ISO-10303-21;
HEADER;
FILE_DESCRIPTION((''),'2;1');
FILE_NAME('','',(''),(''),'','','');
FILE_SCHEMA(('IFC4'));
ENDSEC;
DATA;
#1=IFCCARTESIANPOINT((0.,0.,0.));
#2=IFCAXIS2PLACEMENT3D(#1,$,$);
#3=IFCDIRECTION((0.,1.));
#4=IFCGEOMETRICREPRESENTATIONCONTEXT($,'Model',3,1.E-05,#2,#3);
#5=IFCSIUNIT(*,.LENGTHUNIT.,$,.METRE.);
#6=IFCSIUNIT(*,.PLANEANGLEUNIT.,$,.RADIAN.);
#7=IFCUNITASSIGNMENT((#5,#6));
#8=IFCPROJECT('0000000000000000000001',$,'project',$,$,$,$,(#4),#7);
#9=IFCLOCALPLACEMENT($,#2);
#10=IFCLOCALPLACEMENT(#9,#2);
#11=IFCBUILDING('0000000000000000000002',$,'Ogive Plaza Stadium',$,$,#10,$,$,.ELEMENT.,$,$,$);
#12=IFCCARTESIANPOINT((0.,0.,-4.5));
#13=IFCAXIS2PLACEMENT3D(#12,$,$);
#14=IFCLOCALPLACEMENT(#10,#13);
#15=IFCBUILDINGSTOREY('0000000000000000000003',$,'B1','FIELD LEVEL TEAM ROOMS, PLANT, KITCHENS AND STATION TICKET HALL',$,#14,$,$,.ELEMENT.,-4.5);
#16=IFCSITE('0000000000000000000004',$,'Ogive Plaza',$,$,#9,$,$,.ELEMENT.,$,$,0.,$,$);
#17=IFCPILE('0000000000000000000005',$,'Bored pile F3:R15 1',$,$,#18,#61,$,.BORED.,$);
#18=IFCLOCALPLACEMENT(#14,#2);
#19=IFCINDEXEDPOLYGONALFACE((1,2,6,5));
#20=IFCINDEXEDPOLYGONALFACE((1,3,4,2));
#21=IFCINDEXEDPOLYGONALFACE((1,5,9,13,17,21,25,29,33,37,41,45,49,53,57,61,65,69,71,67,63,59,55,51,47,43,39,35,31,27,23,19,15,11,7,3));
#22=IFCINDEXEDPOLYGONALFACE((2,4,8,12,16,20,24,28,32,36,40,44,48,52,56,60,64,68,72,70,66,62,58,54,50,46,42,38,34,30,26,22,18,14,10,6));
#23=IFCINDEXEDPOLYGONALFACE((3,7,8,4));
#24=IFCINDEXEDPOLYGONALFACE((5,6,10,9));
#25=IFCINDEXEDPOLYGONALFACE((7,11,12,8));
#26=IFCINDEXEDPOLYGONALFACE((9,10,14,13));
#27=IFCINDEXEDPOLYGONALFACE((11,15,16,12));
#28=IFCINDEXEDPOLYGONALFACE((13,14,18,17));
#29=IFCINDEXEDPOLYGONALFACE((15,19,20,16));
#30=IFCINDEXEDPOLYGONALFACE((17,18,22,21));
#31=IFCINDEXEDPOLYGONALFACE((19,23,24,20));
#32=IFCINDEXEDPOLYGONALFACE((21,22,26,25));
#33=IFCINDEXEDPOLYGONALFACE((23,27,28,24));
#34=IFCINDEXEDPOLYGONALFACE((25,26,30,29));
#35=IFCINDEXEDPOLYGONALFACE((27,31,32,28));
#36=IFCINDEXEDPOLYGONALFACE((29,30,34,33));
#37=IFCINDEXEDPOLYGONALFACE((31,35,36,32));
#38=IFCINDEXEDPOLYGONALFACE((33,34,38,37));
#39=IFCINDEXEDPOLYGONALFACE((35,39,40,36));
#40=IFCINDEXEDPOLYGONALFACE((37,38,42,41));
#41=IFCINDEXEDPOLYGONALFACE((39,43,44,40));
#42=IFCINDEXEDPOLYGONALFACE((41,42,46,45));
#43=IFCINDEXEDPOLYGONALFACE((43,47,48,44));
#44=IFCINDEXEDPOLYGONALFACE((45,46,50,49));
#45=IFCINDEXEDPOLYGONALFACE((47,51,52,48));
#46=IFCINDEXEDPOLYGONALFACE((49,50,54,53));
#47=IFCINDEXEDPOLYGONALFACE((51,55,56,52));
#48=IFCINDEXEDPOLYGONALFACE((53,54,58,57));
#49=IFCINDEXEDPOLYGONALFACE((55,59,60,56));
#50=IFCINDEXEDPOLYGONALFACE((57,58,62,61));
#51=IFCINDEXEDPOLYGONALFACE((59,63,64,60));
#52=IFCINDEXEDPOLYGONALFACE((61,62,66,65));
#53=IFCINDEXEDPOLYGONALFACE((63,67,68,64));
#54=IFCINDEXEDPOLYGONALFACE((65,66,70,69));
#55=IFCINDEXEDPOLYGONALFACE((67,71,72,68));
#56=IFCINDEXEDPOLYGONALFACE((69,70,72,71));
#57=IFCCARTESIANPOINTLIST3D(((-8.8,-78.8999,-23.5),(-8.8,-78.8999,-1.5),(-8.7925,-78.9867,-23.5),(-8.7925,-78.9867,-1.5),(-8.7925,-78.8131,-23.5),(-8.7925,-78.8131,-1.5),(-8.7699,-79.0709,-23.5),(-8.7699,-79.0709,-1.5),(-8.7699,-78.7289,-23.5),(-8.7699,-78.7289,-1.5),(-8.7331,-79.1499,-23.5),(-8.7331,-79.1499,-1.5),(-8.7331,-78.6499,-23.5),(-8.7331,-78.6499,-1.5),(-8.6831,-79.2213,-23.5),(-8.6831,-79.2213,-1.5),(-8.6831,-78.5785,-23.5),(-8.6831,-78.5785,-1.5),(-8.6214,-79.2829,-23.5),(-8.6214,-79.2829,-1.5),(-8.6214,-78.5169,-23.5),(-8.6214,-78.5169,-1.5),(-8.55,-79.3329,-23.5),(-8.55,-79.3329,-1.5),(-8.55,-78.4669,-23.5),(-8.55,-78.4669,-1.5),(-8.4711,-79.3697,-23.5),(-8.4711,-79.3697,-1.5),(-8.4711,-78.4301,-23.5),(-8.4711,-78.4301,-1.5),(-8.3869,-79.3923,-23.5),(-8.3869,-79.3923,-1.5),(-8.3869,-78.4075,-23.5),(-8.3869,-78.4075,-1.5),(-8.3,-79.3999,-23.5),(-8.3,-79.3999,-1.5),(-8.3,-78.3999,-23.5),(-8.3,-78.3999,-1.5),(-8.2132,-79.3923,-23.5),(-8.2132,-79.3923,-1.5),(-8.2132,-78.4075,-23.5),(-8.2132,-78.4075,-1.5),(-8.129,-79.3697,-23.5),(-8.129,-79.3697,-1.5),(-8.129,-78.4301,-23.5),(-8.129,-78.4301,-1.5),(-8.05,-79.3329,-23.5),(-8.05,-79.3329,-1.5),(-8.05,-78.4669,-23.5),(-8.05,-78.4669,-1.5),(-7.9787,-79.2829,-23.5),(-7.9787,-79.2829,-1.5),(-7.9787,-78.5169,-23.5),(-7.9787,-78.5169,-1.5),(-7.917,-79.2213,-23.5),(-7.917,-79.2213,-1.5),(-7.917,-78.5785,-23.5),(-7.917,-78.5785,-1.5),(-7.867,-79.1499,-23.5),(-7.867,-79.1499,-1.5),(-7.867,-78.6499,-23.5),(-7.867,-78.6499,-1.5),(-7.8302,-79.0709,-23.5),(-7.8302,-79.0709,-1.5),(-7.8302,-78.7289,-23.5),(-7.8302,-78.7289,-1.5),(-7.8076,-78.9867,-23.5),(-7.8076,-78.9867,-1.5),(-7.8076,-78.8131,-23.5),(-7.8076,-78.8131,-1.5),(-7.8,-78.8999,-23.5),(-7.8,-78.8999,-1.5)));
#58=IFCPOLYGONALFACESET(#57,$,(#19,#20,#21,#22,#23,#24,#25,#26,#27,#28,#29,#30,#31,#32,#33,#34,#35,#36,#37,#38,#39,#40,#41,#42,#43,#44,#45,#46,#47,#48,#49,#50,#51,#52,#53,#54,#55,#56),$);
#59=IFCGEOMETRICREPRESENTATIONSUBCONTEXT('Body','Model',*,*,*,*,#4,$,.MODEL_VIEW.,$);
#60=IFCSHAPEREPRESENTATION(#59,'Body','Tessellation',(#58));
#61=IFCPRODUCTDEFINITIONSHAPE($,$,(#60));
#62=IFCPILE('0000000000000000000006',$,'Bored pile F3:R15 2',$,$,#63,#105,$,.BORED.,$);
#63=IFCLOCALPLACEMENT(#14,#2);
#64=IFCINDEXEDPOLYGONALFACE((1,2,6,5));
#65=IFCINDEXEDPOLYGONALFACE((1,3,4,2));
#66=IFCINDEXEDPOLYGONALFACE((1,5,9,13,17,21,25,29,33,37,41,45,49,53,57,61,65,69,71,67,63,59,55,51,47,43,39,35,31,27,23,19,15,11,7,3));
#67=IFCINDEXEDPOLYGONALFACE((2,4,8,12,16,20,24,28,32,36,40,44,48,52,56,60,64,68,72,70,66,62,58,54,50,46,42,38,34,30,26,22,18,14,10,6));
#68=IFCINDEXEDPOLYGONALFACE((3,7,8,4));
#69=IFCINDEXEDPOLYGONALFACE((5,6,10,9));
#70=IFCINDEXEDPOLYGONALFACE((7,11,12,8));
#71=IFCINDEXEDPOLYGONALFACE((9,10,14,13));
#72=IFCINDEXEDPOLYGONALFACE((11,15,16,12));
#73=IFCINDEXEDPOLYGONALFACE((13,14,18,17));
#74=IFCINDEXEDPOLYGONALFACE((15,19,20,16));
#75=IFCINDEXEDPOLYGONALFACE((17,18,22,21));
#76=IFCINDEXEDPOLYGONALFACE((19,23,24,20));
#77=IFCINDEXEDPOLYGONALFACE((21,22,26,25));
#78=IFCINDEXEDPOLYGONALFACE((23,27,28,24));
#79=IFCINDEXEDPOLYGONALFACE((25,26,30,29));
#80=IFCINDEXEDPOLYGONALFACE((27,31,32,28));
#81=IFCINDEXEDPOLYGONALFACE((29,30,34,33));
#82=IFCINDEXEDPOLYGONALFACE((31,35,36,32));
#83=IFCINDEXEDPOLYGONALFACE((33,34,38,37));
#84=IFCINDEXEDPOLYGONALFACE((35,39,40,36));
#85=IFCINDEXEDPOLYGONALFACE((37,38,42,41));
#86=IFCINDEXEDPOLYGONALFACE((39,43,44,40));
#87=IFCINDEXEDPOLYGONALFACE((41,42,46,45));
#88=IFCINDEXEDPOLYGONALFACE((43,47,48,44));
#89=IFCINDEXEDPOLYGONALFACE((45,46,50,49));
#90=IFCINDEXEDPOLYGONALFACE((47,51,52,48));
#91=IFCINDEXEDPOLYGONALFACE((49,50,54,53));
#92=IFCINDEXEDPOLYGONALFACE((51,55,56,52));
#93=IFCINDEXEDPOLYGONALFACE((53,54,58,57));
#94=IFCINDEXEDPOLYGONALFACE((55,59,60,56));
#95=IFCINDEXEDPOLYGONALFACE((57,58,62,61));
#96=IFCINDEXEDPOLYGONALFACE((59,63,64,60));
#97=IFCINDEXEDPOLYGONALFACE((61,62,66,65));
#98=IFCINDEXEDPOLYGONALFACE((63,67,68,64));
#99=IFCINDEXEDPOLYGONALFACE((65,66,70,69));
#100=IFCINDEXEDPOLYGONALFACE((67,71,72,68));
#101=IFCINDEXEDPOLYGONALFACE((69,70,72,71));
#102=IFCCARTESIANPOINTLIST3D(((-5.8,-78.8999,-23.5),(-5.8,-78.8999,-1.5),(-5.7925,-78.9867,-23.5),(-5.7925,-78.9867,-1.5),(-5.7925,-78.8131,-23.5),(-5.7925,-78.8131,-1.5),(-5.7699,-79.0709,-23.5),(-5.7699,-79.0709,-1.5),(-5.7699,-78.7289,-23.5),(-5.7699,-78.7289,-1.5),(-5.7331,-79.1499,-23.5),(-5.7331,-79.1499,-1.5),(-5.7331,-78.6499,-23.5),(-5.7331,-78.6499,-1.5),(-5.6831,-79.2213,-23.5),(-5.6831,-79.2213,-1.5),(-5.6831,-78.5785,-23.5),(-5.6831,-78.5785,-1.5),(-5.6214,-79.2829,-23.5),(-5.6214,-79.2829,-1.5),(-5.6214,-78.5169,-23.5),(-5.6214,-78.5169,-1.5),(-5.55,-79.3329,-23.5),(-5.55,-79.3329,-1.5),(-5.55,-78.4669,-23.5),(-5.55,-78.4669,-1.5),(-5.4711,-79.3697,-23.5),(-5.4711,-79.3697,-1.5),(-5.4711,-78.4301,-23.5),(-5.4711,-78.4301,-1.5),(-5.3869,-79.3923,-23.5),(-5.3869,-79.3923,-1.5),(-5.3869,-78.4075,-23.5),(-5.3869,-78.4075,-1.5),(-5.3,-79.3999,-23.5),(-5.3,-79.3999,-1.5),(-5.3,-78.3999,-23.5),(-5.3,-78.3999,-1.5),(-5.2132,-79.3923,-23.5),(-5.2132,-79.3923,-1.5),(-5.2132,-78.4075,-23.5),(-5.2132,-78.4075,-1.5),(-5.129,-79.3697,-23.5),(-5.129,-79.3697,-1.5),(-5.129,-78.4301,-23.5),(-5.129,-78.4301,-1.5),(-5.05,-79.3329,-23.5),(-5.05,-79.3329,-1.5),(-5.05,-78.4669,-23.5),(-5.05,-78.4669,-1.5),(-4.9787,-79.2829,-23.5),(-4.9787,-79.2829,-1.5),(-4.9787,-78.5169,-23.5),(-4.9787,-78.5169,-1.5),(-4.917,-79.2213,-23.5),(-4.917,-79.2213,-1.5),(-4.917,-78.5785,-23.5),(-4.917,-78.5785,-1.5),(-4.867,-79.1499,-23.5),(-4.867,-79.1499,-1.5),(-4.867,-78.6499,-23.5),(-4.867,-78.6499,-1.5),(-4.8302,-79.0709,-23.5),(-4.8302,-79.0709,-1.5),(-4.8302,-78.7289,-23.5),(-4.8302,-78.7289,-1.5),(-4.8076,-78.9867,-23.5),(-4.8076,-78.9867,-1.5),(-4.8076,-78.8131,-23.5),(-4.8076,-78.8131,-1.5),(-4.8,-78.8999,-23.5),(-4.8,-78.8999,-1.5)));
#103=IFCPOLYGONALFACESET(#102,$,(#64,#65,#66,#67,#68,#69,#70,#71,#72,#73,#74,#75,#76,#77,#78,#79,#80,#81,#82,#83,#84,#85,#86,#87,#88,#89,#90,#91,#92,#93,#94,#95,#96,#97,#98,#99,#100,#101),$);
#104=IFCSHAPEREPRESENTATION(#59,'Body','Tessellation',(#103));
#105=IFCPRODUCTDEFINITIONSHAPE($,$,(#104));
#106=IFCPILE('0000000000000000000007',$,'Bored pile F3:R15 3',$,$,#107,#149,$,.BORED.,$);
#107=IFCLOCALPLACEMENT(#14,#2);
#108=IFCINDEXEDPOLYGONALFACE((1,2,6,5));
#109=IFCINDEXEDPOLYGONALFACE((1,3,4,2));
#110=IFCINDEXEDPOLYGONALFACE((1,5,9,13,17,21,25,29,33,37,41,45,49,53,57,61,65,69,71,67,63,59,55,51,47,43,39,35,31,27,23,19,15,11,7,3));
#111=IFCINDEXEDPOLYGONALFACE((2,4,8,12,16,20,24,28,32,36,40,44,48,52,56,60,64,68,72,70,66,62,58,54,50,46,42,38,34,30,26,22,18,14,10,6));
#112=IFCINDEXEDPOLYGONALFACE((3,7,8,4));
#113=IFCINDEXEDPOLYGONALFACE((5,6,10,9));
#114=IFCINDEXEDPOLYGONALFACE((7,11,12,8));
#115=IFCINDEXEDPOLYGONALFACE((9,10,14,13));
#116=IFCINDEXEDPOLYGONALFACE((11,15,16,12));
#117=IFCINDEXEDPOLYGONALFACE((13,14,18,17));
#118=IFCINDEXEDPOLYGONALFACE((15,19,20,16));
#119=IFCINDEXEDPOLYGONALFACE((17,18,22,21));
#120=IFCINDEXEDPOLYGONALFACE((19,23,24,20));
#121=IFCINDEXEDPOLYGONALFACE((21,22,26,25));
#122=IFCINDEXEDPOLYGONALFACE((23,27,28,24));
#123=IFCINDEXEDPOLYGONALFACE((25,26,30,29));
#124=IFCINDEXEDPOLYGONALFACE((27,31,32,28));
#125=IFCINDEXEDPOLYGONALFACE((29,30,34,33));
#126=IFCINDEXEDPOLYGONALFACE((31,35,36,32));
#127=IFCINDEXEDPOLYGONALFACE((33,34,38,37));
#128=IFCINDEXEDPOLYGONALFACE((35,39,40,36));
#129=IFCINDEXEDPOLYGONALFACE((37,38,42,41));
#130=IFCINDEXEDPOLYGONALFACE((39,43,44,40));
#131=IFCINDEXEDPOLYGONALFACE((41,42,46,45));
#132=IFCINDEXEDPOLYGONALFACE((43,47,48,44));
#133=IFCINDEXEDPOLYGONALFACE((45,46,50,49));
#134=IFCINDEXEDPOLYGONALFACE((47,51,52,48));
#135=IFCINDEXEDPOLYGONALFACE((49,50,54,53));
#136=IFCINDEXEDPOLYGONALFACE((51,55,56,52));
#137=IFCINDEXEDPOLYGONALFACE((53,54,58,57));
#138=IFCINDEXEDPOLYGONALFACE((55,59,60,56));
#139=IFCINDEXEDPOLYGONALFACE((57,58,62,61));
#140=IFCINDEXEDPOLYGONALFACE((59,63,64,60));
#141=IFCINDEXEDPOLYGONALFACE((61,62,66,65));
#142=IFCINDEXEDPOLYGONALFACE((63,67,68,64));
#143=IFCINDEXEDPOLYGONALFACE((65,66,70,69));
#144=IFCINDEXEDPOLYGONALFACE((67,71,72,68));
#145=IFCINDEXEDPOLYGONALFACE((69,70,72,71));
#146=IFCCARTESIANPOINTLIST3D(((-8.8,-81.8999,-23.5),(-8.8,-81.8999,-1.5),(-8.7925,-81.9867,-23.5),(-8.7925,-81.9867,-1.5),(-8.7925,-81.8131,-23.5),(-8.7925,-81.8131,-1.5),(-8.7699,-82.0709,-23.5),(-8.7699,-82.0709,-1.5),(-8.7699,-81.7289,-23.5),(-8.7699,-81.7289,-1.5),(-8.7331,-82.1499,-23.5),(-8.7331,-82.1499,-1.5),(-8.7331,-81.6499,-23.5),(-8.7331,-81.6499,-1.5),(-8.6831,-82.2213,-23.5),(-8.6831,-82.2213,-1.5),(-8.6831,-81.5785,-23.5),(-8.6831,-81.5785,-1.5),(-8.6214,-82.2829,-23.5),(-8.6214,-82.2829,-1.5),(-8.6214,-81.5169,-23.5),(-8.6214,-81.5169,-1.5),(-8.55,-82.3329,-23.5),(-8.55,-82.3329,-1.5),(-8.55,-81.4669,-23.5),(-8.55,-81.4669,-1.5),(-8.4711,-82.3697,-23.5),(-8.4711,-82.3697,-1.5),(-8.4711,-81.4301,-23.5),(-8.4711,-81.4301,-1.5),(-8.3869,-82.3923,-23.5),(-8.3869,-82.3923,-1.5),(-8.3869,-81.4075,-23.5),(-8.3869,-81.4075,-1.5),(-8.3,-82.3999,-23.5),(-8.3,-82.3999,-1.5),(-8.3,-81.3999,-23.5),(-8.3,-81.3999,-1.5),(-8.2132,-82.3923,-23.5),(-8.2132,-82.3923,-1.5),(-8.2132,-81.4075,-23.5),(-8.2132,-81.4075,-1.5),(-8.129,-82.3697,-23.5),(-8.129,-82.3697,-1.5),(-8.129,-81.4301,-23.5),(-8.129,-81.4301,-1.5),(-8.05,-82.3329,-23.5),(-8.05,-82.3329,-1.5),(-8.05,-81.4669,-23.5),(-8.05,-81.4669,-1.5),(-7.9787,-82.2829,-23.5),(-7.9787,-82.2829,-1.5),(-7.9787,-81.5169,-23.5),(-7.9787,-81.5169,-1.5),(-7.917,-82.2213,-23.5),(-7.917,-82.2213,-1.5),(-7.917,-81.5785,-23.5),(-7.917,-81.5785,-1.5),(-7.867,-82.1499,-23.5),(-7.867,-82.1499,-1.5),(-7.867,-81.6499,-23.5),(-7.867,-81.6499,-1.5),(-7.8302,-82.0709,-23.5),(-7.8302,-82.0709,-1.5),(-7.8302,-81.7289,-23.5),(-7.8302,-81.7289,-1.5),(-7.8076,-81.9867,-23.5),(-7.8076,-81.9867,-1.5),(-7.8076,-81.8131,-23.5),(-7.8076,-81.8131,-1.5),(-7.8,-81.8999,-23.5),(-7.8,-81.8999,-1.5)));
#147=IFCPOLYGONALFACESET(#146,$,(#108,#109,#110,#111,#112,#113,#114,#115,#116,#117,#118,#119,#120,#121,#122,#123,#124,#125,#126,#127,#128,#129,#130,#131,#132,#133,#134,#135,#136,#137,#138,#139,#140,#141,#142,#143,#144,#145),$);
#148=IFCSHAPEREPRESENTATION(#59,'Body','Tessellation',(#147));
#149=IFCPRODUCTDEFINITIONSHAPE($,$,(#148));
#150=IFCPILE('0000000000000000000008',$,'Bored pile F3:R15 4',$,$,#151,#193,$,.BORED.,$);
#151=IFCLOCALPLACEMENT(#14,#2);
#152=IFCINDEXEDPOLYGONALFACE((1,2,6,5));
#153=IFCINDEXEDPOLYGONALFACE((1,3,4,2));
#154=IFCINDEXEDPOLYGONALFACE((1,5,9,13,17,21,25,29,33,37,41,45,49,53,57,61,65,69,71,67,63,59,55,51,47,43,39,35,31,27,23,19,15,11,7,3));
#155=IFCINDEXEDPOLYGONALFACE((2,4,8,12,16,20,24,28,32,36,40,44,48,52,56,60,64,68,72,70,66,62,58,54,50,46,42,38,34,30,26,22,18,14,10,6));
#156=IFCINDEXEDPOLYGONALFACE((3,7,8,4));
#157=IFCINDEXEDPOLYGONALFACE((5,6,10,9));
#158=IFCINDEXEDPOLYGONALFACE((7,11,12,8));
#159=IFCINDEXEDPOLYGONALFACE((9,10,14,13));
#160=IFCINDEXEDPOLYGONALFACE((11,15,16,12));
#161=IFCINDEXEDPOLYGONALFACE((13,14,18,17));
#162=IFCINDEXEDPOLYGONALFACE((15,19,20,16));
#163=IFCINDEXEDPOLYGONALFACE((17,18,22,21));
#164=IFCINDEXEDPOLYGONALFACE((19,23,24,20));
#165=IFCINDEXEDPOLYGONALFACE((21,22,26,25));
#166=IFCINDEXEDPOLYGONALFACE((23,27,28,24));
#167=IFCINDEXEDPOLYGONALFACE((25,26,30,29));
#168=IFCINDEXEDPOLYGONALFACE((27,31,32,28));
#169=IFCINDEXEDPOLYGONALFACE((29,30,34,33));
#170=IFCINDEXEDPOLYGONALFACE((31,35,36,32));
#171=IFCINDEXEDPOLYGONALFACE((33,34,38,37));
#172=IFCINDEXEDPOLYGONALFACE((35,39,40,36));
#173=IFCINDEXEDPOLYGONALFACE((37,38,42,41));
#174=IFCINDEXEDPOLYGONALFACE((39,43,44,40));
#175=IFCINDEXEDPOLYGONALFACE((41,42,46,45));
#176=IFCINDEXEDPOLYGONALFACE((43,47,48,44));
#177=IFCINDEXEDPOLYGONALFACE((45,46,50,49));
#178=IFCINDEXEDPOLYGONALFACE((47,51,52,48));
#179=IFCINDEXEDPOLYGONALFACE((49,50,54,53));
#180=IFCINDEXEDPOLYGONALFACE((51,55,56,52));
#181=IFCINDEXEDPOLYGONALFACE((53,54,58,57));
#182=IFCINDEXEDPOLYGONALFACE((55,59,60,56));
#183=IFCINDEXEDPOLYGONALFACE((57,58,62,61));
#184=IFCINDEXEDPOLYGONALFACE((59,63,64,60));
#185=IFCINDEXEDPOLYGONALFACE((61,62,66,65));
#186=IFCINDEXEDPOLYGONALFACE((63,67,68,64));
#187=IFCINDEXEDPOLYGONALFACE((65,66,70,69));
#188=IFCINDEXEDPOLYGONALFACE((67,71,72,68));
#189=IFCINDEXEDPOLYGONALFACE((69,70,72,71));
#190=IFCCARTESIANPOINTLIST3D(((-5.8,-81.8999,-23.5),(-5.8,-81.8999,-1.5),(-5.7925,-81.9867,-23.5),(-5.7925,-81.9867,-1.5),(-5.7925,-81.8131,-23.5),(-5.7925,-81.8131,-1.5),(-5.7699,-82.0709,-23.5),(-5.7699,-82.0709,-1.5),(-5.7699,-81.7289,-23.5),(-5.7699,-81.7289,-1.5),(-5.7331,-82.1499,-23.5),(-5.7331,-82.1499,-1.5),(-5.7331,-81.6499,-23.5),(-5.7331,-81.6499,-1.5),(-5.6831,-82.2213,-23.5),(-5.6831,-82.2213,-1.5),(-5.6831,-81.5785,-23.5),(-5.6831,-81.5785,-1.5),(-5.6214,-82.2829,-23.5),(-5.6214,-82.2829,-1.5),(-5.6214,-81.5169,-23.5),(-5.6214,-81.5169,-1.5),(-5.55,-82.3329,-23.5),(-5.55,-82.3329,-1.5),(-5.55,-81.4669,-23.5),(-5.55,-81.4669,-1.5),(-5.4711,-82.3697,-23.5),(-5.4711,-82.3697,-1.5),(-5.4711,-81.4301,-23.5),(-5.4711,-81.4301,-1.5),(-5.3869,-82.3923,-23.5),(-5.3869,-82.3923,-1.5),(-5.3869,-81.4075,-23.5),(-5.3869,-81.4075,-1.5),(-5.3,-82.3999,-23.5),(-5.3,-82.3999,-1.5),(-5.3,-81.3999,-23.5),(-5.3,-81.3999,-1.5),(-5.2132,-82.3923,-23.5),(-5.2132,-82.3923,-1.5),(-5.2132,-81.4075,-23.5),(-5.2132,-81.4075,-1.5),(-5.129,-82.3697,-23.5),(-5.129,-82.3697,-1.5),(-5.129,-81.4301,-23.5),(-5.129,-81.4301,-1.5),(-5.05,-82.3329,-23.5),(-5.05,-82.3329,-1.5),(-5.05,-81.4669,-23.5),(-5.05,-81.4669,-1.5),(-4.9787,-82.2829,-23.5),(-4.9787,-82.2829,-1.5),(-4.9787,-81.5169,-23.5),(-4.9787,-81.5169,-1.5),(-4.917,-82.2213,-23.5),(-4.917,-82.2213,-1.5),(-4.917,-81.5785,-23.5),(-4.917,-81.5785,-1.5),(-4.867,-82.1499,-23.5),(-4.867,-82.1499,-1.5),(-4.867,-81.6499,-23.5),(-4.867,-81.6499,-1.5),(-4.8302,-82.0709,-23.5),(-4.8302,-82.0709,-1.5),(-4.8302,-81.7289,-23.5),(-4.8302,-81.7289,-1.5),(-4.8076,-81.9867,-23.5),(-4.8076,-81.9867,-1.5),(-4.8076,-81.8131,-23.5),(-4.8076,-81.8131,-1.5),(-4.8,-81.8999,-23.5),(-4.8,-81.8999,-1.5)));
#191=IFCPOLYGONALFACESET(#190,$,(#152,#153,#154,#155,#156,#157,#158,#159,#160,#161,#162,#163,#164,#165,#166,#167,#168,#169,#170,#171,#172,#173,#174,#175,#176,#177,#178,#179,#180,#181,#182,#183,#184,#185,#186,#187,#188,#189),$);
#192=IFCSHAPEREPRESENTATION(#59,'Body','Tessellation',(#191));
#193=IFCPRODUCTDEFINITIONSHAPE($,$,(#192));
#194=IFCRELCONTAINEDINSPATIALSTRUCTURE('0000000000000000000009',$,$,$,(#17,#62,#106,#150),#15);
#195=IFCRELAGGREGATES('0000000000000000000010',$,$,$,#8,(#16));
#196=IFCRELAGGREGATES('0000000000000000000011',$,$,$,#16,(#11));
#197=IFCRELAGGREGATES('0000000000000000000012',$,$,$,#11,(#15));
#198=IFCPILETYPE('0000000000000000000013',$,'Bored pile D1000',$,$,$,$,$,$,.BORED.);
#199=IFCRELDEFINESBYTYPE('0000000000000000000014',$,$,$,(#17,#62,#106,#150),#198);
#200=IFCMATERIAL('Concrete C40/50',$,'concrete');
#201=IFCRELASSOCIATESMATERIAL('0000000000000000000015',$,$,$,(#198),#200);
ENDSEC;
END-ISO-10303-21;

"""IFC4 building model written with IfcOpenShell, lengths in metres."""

from ifc_helpers import new_model, si_unit, direction, frame, origin, origin_2d, place, context, subcontext, project, spatial, circle, extrude, material, material_profile, profile_set, type_object, element, save


model = new_model("IFC4")

# Units and contexts
model_context = context("Model", 3, precision=1e-05, world=origin(), true_north=direction((0.0, 1.0)))
body_context = subcontext(model_context, "Body", "Model", "MODEL_VIEW")
ifc_project = project(units=[si_unit("LENGTHUNIT", "METRE"), si_unit("PLANEANGLEUNIT", "RADIAN")], contexts=[model_context])

# Site, building, storey
site_placement = place(None, origin())
site = spatial("IfcSite", under=ifc_project, at=site_placement, Name="Ogive Plaza", CompositionType="ELEMENT", RefElevation=0.0)
building_placement = place(site_placement, origin())
building = spatial("IfcBuilding", under=site, at=building_placement, Name="Ogive Plaza Stadium", CompositionType="ELEMENT")
storey_placement = place(building_placement, frame((0.0, 0.0, -4.5)))
storey = spatial("IfcBuildingStorey", under=building, at=storey_placement, Name="B1", Description="FIELD LEVEL TEAM ROOMS, PLANT, KITCHENS AND STATION TICKET HALL", CompositionType="ELEMENT", Elevation=-4.5)

# Piles
ifc_material_1 = material(Name="Concrete C40/50", Category="concrete")
ifc_material_profile_1 = material_profile(ifc_material_1, circle(Radius=0.5, at=origin_2d()), Name="RC D1000")
ifc_profile_set_1 = profile_set([ifc_material_profile_1], Name="Concrete C40/50")
pile_type_1 = type_object("IfcPileType", Name="Bored pile D1000", PredefinedType="BORED", material=ifc_profile_set_1)
for number, where, z_axis, x_axis, name in (
    (1, (-8.3, -78.8999, -1.5), (0.0, 0.0, -1.0), (1.0, 0.0, 0.0), "Bored pile F3:R15 1"),
    (2, (-5.3, -78.8999, -1.5), (0.0, 0.0, -1.0), (1.0, 0.0, 0.0), "Bored pile F3:R15 2"),
    (3, (-8.3, -81.8999, -1.5), (0.0, 0.0, -1.0), (1.0, 0.0, 0.0), "Bored pile F3:R15 3"),
    (4, (-5.3, -81.8999, -1.5), (0.0, 0.0, -1.0), (1.0, 0.0, 0.0), "Bored pile F3:R15 4"),
):
    element("IfcPile", number, at=place(storey_placement, frame(where, z_axis=z_axis, x_axis=x_axis)), inside=storey, type_object=pile_type_1, Name=name, PredefinedType="BORED", context=body_context, shape_type="SweptSolid", body=[
        extrude(circle(Radius=0.5, at=origin_2d()), origin(), (0.0, 0.0, 1.0), 22.0),
    ])

save(model, "model.ifc")
